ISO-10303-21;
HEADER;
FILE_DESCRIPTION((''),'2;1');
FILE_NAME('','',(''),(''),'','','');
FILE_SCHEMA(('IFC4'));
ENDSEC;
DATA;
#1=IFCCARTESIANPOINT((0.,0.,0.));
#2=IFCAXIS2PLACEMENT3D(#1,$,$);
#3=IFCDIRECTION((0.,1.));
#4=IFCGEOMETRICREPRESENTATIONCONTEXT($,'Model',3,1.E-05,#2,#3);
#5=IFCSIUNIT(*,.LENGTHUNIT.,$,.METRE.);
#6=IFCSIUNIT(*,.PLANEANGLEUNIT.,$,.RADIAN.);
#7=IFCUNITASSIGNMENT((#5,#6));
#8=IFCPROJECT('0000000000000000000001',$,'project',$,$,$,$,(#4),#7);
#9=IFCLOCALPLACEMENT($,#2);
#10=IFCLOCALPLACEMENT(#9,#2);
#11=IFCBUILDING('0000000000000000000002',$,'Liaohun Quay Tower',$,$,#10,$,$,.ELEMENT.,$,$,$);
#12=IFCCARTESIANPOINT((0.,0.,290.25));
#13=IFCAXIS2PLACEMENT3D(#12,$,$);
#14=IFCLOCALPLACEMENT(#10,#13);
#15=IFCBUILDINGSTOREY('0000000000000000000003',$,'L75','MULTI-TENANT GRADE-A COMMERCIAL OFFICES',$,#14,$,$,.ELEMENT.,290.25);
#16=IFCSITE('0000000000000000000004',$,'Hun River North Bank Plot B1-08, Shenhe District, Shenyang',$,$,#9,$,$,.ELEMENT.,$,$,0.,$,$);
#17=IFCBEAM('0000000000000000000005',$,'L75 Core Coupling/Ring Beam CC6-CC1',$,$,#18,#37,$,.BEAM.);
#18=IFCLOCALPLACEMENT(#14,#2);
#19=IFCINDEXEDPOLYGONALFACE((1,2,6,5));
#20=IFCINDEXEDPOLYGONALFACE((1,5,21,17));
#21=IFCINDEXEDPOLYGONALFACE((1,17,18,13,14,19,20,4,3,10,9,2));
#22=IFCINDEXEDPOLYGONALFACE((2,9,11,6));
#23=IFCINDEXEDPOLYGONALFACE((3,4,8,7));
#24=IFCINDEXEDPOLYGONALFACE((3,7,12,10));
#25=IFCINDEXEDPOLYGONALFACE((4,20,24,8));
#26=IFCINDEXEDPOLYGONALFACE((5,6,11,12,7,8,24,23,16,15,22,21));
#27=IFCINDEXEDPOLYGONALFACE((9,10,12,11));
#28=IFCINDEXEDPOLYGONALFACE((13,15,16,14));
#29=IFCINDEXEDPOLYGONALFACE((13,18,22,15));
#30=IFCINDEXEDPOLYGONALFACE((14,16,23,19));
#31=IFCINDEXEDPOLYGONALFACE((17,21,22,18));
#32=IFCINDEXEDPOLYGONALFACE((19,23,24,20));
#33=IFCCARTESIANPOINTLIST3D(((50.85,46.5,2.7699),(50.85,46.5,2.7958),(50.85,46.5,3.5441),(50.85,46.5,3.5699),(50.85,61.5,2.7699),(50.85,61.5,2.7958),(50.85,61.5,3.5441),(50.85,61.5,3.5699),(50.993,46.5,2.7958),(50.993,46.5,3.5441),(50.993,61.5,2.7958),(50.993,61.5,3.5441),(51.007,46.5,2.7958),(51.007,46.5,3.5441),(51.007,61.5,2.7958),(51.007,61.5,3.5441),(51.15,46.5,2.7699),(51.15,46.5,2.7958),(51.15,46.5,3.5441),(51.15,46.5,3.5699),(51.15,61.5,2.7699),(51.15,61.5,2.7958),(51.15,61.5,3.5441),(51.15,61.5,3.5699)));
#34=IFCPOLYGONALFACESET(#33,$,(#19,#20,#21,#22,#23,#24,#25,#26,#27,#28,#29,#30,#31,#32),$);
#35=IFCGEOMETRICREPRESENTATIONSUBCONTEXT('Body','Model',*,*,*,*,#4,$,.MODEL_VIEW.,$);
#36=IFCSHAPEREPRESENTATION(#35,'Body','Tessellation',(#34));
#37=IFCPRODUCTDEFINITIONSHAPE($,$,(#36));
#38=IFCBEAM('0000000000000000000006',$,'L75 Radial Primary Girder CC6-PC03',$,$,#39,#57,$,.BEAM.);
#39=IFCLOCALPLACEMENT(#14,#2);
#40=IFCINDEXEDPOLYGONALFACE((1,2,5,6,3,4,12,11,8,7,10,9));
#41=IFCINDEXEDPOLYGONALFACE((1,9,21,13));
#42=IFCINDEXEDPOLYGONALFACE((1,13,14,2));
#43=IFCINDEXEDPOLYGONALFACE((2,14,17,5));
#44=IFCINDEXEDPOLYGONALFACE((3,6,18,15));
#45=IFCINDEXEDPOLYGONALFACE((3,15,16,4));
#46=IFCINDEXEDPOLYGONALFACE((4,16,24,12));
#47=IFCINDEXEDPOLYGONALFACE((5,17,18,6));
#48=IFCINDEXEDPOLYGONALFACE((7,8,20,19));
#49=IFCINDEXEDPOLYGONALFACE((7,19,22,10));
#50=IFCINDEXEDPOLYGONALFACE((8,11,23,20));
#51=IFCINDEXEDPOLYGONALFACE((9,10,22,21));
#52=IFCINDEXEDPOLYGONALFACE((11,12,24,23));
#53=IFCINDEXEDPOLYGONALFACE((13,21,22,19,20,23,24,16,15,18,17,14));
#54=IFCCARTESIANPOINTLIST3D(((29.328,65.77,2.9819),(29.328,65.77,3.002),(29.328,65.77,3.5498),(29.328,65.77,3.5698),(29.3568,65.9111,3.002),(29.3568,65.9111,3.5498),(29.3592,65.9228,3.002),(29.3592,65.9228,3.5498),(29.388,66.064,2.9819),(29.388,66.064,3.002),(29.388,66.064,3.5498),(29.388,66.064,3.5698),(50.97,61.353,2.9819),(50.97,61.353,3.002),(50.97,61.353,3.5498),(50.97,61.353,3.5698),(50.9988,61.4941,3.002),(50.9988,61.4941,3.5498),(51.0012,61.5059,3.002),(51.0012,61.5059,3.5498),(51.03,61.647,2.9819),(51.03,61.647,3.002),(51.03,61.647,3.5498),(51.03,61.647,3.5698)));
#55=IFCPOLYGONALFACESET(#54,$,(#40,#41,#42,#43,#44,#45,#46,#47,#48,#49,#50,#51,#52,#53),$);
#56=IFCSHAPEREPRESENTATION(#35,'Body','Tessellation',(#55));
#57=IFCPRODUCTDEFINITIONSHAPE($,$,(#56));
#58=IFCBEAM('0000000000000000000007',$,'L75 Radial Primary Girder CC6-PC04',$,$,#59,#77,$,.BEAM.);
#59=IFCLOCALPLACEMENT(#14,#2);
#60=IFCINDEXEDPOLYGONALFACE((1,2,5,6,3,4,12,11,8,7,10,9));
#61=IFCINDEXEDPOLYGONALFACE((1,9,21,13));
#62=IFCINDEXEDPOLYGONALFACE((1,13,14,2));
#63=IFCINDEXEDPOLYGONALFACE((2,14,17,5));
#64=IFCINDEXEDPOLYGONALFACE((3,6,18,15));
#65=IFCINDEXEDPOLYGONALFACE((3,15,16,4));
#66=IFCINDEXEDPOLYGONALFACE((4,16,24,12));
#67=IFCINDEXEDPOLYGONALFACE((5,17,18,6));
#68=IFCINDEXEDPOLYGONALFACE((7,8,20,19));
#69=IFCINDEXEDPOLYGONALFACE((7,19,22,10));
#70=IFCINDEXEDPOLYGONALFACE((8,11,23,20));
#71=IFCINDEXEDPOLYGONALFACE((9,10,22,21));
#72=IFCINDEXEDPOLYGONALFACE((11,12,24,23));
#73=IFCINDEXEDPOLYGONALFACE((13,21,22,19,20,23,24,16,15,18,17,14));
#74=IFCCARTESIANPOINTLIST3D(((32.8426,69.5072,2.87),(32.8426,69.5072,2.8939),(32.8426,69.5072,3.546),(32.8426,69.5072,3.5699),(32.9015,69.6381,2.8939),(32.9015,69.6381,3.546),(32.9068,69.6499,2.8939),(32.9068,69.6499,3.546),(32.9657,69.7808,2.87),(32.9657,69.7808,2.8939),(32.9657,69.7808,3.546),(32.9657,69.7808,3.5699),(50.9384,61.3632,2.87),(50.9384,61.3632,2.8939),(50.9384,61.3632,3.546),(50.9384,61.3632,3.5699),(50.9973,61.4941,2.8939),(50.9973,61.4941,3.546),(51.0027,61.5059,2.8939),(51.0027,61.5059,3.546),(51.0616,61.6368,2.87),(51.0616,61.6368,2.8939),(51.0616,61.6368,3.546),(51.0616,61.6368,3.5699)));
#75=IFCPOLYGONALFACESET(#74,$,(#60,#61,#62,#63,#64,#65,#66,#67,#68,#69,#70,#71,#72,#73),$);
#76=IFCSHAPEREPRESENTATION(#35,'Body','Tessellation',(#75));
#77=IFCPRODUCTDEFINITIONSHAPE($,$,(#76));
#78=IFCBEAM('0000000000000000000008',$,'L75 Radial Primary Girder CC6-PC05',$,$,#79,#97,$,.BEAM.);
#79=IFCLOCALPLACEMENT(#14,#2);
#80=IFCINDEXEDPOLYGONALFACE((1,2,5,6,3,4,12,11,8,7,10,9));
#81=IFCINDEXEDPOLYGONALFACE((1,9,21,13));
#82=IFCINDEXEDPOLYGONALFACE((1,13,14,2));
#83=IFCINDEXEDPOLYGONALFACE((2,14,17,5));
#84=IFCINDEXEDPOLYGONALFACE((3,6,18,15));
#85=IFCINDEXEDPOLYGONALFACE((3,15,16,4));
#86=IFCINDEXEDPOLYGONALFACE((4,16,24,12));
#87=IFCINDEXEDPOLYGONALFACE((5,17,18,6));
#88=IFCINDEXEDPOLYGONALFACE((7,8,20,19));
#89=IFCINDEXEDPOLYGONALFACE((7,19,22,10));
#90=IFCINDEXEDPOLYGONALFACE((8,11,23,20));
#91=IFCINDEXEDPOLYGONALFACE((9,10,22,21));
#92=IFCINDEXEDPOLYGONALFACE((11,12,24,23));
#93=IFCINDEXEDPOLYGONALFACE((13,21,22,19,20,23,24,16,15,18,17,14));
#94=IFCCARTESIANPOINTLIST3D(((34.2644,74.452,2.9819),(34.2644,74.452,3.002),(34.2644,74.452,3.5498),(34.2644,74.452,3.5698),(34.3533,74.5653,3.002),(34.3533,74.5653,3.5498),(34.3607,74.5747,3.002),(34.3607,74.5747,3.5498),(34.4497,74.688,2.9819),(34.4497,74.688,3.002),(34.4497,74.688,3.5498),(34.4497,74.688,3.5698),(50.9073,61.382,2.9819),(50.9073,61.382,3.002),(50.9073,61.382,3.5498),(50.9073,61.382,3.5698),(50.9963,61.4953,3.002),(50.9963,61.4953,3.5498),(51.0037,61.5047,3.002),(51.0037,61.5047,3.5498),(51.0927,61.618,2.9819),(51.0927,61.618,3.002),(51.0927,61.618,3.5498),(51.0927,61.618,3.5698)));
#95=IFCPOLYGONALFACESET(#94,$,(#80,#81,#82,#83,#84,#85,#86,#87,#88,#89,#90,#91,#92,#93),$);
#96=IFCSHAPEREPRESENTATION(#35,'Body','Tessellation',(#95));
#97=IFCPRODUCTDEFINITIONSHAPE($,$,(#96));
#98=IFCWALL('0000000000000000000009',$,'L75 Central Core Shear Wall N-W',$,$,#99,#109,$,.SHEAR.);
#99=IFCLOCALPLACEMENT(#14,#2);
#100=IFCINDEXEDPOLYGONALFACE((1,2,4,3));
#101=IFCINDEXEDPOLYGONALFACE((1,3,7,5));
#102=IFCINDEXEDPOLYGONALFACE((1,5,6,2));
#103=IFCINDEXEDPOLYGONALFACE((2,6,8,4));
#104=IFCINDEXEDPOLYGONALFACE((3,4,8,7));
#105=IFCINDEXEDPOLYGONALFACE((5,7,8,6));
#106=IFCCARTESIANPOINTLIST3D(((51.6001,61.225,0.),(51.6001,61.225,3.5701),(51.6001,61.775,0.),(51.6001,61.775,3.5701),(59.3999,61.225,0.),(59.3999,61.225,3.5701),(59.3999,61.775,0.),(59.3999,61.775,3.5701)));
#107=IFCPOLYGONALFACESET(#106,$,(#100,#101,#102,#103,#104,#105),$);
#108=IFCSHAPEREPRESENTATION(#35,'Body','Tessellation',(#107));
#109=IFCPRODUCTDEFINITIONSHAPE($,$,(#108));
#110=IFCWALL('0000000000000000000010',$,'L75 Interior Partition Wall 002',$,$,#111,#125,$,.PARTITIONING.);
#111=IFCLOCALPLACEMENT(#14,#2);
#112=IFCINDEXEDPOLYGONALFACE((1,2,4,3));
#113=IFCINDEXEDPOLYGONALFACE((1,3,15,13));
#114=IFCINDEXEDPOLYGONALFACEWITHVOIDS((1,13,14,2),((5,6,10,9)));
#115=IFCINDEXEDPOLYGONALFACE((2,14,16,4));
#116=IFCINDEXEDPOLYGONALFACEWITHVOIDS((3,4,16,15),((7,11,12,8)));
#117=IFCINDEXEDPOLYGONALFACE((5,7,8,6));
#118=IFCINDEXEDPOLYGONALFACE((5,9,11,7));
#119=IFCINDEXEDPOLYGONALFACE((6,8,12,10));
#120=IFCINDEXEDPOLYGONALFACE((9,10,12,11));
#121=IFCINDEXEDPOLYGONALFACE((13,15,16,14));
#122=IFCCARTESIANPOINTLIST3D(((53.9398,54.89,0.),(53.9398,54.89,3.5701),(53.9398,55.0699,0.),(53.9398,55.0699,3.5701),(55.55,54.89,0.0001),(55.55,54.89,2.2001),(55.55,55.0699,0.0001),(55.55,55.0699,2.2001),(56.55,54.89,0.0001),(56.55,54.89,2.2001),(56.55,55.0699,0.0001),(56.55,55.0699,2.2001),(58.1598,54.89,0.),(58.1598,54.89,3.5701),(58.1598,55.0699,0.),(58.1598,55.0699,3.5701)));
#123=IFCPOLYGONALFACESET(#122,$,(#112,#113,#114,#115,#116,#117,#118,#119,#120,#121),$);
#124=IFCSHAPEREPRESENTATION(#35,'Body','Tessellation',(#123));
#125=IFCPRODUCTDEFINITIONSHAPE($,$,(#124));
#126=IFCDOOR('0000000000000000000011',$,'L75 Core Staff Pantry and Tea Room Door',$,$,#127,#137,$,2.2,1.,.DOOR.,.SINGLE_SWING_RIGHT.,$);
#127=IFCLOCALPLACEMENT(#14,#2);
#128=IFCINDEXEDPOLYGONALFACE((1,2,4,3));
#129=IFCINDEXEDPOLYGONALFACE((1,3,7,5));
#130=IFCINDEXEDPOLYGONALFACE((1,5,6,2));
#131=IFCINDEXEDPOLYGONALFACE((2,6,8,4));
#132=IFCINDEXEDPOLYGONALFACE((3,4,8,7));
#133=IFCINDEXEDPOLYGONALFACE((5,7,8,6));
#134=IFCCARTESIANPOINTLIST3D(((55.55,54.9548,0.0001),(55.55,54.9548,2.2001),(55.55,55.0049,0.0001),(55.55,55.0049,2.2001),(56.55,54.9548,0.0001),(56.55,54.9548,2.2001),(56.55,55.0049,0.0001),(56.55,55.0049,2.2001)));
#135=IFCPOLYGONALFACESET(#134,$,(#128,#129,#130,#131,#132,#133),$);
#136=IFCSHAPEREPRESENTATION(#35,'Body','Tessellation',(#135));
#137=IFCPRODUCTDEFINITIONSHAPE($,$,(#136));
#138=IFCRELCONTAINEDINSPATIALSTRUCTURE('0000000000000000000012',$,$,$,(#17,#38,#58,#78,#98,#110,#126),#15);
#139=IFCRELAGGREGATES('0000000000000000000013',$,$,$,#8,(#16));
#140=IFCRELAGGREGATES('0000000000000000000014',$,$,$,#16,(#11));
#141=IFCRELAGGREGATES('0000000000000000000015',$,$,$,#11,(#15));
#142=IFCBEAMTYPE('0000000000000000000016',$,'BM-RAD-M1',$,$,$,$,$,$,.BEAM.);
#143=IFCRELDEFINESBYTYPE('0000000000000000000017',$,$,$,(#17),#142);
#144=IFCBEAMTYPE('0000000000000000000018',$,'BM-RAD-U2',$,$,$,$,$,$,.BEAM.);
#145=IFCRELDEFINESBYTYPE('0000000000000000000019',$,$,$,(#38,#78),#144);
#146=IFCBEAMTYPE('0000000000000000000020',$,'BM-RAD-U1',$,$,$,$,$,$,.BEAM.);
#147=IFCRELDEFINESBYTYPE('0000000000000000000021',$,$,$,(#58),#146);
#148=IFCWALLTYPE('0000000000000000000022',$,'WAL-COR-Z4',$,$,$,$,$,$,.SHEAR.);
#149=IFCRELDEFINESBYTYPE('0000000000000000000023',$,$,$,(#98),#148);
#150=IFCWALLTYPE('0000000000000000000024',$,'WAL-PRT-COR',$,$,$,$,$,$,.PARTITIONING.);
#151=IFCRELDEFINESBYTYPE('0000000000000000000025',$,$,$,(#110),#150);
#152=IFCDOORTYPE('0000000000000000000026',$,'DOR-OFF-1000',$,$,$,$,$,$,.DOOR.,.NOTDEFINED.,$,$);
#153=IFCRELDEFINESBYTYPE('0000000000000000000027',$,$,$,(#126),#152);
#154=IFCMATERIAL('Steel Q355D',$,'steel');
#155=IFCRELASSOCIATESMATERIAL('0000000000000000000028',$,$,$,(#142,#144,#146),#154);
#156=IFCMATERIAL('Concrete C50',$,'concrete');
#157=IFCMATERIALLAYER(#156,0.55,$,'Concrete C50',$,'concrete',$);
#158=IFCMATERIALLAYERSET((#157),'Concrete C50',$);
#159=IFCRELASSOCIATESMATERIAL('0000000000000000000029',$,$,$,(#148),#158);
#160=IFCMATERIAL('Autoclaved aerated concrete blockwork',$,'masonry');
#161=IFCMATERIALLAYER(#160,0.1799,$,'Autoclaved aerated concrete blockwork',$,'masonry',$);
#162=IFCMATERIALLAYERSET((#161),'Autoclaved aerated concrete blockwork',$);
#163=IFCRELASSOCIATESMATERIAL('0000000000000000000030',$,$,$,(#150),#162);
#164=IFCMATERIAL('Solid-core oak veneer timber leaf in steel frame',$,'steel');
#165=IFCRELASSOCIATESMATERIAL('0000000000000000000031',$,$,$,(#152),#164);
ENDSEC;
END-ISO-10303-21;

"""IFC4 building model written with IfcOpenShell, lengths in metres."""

from ifc_helpers import new_model, si_unit, direction, frame, frame_2d, origin, origin_2d, place, context, subcontext, project, spatial, rectangle, i_section, extrude, source, transform, mapped, material, layer, layer_set, material_profile, profile_set, type_object, element, fill, save


model = new_model("IFC4")

# Units and contexts
model_context = context("Model", 3, precision=1e-05, world=origin(), true_north=direction((0.0, 1.0)))
body_context = subcontext(model_context, "Body", "Model", "MODEL_VIEW")
ifc_project = project(units=[si_unit("LENGTHUNIT", "METRE"), si_unit("PLANEANGLEUNIT", "RADIAN")], contexts=[model_context])

# Site, building, storey
site_placement = place(None, origin())
site = spatial("IfcSite", under=ifc_project, at=site_placement, Name="Hun River North Bank Plot B1-08, Shenhe District, Shenyang", CompositionType="ELEMENT", RefElevation=0.0)
building_placement = place(site_placement, origin())
building = spatial("IfcBuilding", under=site, at=building_placement, Name="Liaohun Quay Tower", CompositionType="ELEMENT")
storey_placement = place(building_placement, frame((0.0, 0.0, 290.25)))
storey = spatial("IfcBuildingStorey", under=building, at=storey_placement, Name="L75", Description="MULTI-TENANT GRADE-A COMMERCIAL OFFICES", CompositionType="ELEMENT", Elevation=290.25)

# Beams
ifc_material_1 = material(Name="Steel Q355D", Category="steel")
ifc_material_profile_1 = material_profile(ifc_material_1, i_section(OverallWidth=0.3, OverallDepth=0.8, WebThickness=0.0139, FlangeThickness=0.0259, at=origin_2d()), Name="HN800x300x14x26")
ifc_profile_set_1 = profile_set([ifc_material_profile_1], Name="Steel Q355D")
beam_type_1 = type_object("IfcBeamType", Name="BM-RAD-M1", PredefinedType="BEAM", material=ifc_profile_set_1)
shared_shape_1 = source(origin(), body_context, "Body", "SweptSolid", [
    extrude(i_section(OverallWidth=0.3, OverallDepth=0.8, WebThickness=0.0139, FlangeThickness=0.0259, at=origin_2d()), origin(), (0.0, 0.0, 1.0), 15.0),
])
beam_1_placement = place(storey_placement, frame((51.0, 61.5, 3.1699), z_axis=(0.0, -1.0, 0.0), x_axis=(1.0, 0.0, 0.0)))
element("IfcBeam", 1, at=beam_1_placement, inside=storey, type_object=beam_type_1, Name="L75 Core Coupling/Ring Beam CC6-CC1", PredefinedType="BEAM", context=body_context, shape_type="MappedRepresentation", body=[
    mapped(shared_shape_1, transform((0.0, 0.0, 0.0), x_axis=(1.0, 0.0, 0.0), y_axis=(0.0, 1.0, 0.0), z_axis=(0.0, 0.0, 1.0), scale=1.0)),
])
ifc_material_profile_2 = material_profile(ifc_material_1, i_section(OverallWidth=0.3, OverallDepth=0.5879, WebThickness=0.012, FlangeThickness=0.02, at=origin_2d()), Name="HM588x300x12x20")
ifc_profile_set_2 = profile_set([ifc_material_profile_2], Name="Steel Q355D")
beam_type_2 = type_object("IfcBeamType", Name="BM-RAD-U2", PredefinedType="BEAM", material=ifc_profile_set_2)
shared_shape_2 = source(origin(), body_context, "Body", "SweptSolid", [
    extrude(i_section(OverallWidth=0.3, OverallDepth=0.5879, WebThickness=0.012, FlangeThickness=0.02, at=origin_2d()), origin(), (0.0, 0.0, 1.0), 22.0881),
])
beam_2_placement = place(storey_placement, frame((51.0, 61.5, 3.2759), z_axis=(-0.979802, 0.19997, 0.0), x_axis=(-0.19997, -0.979802, 0.0)))
element("IfcBeam", 2, at=beam_2_placement, inside=storey, type_object=beam_type_2, Name="L75 Radial Primary Girder CC6-PC03", PredefinedType="BEAM", context=body_context, shape_type="MappedRepresentation", body=[
    mapped(shared_shape_2, transform((0.0, 0.0, 0.0), x_axis=(1.0, 0.0, 0.0), y_axis=(0.0, 1.0, 0.0), z_axis=(0.0, 0.0, 1.0), scale=1.0)),
])
ifc_material_profile_3 = material_profile(ifc_material_1, i_section(OverallWidth=0.3, OverallDepth=0.7, WebThickness=0.0129, FlangeThickness=0.0239, at=origin_2d()), Name="HN700x300x13x24")
ifc_profile_set_3 = profile_set([ifc_material_profile_3], Name="Steel Q355D")
beam_type_3 = type_object("IfcBeamType", Name="BM-RAD-U1", PredefinedType="BEAM", material=ifc_profile_set_3)
shared_shape_3 = source(origin(), body_context, "Body", "SweptSolid", [
    extrude(i_section(OverallWidth=0.3, OverallDepth=0.7, WebThickness=0.0129, FlangeThickness=0.0239, at=origin_2d()), origin(), (0.0, 0.0, 1.0), 19.844),
])
beam_3_placement = place(storey_placement, frame((51.0, 61.5, 3.22), z_axis=(-0.911905, 0.410401, 0.0), x_axis=(-0.410401, -0.911905, 0.0)))
element("IfcBeam", 3, at=beam_3_placement, inside=storey, type_object=beam_type_3, Name="L75 Radial Primary Girder CC6-PC04", PredefinedType="BEAM", context=body_context, shape_type="MappedRepresentation", body=[
    mapped(shared_shape_3, transform((0.0, 0.0, 0.0), x_axis=(1.0, 0.0, 0.0), y_axis=(0.0, 1.0, 0.0), z_axis=(0.0, 0.0, 1.0), scale=1.0)),
])
shared_shape_4 = source(origin(), body_context, "Body", "SweptSolid", [
    extrude(i_section(OverallWidth=0.3, OverallDepth=0.5879, WebThickness=0.012, FlangeThickness=0.02, at=origin_2d()), origin(), (0.0, 0.0, 1.0), 21.1616),
])
beam_4_placement = place(storey_placement, frame((51.0, 61.5, 3.2759), z_axis=(-0.78647, 0.617628, 0.0), x_axis=(-0.617628, -0.78647, 0.0)))
element("IfcBeam", 4, at=beam_4_placement, inside=storey, type_object=beam_type_2, Name="L75 Radial Primary Girder CC6-PC05", PredefinedType="BEAM", context=body_context, shape_type="MappedRepresentation", body=[
    mapped(shared_shape_4, transform((0.0, 0.0, 0.0), x_axis=(1.0, 0.0, 0.0), y_axis=(0.0, 1.0, 0.0), z_axis=(0.0, 0.0, 1.0), scale=1.0)),
])

# Wall
ifc_material_2 = material(Name="Concrete C50", Category="concrete")
ifc_layer_1 = layer(ifc_material_2, 0.55, Name="Concrete C50", Category="concrete")
ifc_layer_set_1 = layer_set([ifc_layer_1], Name="Concrete C50")
wall_type_1 = type_object("IfcWallType", Name="WAL-COR-Z4", PredefinedType="SHEAR", material=ifc_layer_set_1)
wall_1_placement = place(storey_placement, frame((51.6001, 61.5, 0.0), z_axis=(0.0, 0.0, 1.0), x_axis=(1.0, 0.0, 0.0)))
element("IfcWall", 5, at=wall_1_placement, inside=storey, type_object=wall_type_1, Name="L75 Central Core Shear Wall N-W", PredefinedType="SHEAR", context=body_context, shape_type="SweptSolid", body=[
    extrude(rectangle(XDim=7.7998, YDim=0.55, at=frame_2d((3.8999, 0.0))), origin(), (0.0, 0.0, 1.0), 3.5701),
])

# Wall, opening, door
ifc_material_3 = material(Name="Autoclaved aerated concrete blockwork", Category="masonry")
ifc_layer_2 = layer(ifc_material_3, 0.1799, Name="Autoclaved aerated concrete blockwork", Category="masonry")
ifc_layer_set_2 = layer_set([ifc_layer_2], Name="Autoclaved aerated concrete blockwork")
wall_type_2 = type_object("IfcWallType", Name="WAL-PRT-COR", PredefinedType="PARTITIONING", material=ifc_layer_set_2)
wall_2_placement = place(storey_placement, frame((53.9399, 54.98, 0.0), z_axis=(0.0, 0.0, 1.0), x_axis=(1.0, 0.0, 0.0)))
wall_2 = element("IfcWall", 6, at=wall_2_placement, inside=storey, type_object=wall_type_2, Name="L75 Interior Partition Wall 002", PredefinedType="PARTITIONING", context=body_context, shape_type="SweptSolid", body=[
    extrude(rectangle(XDim=4.22, YDim=0.1799, at=frame_2d((2.1099, 0.0))), origin(), (0.0, 0.0, 1.0), 3.5701),
])
shared_shape_5 = source(origin(), body_context, "Body", "SweptSolid", [
    extrude(rectangle(XDim=1.0, YDim=2.2, at=frame_2d((0.5, 1.1001))), frame((0.0, 0.0999, 0.0), z_axis=(0.0, -1.0, 0.0), x_axis=(1.0, 0.0, 0.0)), (0.0, 0.0, 1.0), 0.2),
])
opening_1_placement = place(wall_2_placement, frame((1.6101, 0.0, 0.0)))
opening_1 = element("IfcOpeningElement", 7, at=opening_1_placement, cuts=wall_2, PredefinedType="OPENING", context=body_context, shape_type="MappedRepresentation", body=[
    mapped(shared_shape_5, transform((0.0, 0.0, 0.0), x_axis=(1.0, 0.0, 0.0), y_axis=(0.0, 1.0, 0.0), z_axis=(0.0, 0.0, 1.0), scale=1.0)),
])
ifc_material_4 = material(Name="Solid-core oak veneer timber leaf in steel frame", Category="steel")
door_type_1 = type_object("IfcDoorType", Name="DOR-OFF-1000", OperationType="NOTDEFINED", PredefinedType="DOOR", material=ifc_material_4)
shared_shape_6 = source(origin(), body_context, "Body", "SweptSolid", [
    extrude(rectangle(XDim=1.0, YDim=2.2, at=frame_2d((0.5, 1.1001))), frame((0.0, 0.0249, 0.0), z_axis=(0.0, -1.0, 0.0), x_axis=(1.0, 0.0, 0.0)), (0.0, 0.0, 1.0), 0.05),
])
door_1_placement = place(opening_1_placement, origin())
door_1 = element("IfcDoor", 8, at=door_1_placement, inside=storey, type_object=door_type_1, Name="L75 Core Staff Pantry and Tea Room Door", OperationType="SINGLE_SWING_RIGHT", OverallHeight=2.2, OverallWidth=1.0, PredefinedType="DOOR", context=body_context, shape_type="MappedRepresentation", body=[
    mapped(shared_shape_6, transform((0.0, 0.0, 0.0), x_axis=(1.0, 0.0, 0.0), y_axis=(0.0, 1.0, 0.0), z_axis=(0.0, 0.0, 1.0), scale=1.0)),
])
fill(opening_1, door_1)

save(model, "model.ifc")
